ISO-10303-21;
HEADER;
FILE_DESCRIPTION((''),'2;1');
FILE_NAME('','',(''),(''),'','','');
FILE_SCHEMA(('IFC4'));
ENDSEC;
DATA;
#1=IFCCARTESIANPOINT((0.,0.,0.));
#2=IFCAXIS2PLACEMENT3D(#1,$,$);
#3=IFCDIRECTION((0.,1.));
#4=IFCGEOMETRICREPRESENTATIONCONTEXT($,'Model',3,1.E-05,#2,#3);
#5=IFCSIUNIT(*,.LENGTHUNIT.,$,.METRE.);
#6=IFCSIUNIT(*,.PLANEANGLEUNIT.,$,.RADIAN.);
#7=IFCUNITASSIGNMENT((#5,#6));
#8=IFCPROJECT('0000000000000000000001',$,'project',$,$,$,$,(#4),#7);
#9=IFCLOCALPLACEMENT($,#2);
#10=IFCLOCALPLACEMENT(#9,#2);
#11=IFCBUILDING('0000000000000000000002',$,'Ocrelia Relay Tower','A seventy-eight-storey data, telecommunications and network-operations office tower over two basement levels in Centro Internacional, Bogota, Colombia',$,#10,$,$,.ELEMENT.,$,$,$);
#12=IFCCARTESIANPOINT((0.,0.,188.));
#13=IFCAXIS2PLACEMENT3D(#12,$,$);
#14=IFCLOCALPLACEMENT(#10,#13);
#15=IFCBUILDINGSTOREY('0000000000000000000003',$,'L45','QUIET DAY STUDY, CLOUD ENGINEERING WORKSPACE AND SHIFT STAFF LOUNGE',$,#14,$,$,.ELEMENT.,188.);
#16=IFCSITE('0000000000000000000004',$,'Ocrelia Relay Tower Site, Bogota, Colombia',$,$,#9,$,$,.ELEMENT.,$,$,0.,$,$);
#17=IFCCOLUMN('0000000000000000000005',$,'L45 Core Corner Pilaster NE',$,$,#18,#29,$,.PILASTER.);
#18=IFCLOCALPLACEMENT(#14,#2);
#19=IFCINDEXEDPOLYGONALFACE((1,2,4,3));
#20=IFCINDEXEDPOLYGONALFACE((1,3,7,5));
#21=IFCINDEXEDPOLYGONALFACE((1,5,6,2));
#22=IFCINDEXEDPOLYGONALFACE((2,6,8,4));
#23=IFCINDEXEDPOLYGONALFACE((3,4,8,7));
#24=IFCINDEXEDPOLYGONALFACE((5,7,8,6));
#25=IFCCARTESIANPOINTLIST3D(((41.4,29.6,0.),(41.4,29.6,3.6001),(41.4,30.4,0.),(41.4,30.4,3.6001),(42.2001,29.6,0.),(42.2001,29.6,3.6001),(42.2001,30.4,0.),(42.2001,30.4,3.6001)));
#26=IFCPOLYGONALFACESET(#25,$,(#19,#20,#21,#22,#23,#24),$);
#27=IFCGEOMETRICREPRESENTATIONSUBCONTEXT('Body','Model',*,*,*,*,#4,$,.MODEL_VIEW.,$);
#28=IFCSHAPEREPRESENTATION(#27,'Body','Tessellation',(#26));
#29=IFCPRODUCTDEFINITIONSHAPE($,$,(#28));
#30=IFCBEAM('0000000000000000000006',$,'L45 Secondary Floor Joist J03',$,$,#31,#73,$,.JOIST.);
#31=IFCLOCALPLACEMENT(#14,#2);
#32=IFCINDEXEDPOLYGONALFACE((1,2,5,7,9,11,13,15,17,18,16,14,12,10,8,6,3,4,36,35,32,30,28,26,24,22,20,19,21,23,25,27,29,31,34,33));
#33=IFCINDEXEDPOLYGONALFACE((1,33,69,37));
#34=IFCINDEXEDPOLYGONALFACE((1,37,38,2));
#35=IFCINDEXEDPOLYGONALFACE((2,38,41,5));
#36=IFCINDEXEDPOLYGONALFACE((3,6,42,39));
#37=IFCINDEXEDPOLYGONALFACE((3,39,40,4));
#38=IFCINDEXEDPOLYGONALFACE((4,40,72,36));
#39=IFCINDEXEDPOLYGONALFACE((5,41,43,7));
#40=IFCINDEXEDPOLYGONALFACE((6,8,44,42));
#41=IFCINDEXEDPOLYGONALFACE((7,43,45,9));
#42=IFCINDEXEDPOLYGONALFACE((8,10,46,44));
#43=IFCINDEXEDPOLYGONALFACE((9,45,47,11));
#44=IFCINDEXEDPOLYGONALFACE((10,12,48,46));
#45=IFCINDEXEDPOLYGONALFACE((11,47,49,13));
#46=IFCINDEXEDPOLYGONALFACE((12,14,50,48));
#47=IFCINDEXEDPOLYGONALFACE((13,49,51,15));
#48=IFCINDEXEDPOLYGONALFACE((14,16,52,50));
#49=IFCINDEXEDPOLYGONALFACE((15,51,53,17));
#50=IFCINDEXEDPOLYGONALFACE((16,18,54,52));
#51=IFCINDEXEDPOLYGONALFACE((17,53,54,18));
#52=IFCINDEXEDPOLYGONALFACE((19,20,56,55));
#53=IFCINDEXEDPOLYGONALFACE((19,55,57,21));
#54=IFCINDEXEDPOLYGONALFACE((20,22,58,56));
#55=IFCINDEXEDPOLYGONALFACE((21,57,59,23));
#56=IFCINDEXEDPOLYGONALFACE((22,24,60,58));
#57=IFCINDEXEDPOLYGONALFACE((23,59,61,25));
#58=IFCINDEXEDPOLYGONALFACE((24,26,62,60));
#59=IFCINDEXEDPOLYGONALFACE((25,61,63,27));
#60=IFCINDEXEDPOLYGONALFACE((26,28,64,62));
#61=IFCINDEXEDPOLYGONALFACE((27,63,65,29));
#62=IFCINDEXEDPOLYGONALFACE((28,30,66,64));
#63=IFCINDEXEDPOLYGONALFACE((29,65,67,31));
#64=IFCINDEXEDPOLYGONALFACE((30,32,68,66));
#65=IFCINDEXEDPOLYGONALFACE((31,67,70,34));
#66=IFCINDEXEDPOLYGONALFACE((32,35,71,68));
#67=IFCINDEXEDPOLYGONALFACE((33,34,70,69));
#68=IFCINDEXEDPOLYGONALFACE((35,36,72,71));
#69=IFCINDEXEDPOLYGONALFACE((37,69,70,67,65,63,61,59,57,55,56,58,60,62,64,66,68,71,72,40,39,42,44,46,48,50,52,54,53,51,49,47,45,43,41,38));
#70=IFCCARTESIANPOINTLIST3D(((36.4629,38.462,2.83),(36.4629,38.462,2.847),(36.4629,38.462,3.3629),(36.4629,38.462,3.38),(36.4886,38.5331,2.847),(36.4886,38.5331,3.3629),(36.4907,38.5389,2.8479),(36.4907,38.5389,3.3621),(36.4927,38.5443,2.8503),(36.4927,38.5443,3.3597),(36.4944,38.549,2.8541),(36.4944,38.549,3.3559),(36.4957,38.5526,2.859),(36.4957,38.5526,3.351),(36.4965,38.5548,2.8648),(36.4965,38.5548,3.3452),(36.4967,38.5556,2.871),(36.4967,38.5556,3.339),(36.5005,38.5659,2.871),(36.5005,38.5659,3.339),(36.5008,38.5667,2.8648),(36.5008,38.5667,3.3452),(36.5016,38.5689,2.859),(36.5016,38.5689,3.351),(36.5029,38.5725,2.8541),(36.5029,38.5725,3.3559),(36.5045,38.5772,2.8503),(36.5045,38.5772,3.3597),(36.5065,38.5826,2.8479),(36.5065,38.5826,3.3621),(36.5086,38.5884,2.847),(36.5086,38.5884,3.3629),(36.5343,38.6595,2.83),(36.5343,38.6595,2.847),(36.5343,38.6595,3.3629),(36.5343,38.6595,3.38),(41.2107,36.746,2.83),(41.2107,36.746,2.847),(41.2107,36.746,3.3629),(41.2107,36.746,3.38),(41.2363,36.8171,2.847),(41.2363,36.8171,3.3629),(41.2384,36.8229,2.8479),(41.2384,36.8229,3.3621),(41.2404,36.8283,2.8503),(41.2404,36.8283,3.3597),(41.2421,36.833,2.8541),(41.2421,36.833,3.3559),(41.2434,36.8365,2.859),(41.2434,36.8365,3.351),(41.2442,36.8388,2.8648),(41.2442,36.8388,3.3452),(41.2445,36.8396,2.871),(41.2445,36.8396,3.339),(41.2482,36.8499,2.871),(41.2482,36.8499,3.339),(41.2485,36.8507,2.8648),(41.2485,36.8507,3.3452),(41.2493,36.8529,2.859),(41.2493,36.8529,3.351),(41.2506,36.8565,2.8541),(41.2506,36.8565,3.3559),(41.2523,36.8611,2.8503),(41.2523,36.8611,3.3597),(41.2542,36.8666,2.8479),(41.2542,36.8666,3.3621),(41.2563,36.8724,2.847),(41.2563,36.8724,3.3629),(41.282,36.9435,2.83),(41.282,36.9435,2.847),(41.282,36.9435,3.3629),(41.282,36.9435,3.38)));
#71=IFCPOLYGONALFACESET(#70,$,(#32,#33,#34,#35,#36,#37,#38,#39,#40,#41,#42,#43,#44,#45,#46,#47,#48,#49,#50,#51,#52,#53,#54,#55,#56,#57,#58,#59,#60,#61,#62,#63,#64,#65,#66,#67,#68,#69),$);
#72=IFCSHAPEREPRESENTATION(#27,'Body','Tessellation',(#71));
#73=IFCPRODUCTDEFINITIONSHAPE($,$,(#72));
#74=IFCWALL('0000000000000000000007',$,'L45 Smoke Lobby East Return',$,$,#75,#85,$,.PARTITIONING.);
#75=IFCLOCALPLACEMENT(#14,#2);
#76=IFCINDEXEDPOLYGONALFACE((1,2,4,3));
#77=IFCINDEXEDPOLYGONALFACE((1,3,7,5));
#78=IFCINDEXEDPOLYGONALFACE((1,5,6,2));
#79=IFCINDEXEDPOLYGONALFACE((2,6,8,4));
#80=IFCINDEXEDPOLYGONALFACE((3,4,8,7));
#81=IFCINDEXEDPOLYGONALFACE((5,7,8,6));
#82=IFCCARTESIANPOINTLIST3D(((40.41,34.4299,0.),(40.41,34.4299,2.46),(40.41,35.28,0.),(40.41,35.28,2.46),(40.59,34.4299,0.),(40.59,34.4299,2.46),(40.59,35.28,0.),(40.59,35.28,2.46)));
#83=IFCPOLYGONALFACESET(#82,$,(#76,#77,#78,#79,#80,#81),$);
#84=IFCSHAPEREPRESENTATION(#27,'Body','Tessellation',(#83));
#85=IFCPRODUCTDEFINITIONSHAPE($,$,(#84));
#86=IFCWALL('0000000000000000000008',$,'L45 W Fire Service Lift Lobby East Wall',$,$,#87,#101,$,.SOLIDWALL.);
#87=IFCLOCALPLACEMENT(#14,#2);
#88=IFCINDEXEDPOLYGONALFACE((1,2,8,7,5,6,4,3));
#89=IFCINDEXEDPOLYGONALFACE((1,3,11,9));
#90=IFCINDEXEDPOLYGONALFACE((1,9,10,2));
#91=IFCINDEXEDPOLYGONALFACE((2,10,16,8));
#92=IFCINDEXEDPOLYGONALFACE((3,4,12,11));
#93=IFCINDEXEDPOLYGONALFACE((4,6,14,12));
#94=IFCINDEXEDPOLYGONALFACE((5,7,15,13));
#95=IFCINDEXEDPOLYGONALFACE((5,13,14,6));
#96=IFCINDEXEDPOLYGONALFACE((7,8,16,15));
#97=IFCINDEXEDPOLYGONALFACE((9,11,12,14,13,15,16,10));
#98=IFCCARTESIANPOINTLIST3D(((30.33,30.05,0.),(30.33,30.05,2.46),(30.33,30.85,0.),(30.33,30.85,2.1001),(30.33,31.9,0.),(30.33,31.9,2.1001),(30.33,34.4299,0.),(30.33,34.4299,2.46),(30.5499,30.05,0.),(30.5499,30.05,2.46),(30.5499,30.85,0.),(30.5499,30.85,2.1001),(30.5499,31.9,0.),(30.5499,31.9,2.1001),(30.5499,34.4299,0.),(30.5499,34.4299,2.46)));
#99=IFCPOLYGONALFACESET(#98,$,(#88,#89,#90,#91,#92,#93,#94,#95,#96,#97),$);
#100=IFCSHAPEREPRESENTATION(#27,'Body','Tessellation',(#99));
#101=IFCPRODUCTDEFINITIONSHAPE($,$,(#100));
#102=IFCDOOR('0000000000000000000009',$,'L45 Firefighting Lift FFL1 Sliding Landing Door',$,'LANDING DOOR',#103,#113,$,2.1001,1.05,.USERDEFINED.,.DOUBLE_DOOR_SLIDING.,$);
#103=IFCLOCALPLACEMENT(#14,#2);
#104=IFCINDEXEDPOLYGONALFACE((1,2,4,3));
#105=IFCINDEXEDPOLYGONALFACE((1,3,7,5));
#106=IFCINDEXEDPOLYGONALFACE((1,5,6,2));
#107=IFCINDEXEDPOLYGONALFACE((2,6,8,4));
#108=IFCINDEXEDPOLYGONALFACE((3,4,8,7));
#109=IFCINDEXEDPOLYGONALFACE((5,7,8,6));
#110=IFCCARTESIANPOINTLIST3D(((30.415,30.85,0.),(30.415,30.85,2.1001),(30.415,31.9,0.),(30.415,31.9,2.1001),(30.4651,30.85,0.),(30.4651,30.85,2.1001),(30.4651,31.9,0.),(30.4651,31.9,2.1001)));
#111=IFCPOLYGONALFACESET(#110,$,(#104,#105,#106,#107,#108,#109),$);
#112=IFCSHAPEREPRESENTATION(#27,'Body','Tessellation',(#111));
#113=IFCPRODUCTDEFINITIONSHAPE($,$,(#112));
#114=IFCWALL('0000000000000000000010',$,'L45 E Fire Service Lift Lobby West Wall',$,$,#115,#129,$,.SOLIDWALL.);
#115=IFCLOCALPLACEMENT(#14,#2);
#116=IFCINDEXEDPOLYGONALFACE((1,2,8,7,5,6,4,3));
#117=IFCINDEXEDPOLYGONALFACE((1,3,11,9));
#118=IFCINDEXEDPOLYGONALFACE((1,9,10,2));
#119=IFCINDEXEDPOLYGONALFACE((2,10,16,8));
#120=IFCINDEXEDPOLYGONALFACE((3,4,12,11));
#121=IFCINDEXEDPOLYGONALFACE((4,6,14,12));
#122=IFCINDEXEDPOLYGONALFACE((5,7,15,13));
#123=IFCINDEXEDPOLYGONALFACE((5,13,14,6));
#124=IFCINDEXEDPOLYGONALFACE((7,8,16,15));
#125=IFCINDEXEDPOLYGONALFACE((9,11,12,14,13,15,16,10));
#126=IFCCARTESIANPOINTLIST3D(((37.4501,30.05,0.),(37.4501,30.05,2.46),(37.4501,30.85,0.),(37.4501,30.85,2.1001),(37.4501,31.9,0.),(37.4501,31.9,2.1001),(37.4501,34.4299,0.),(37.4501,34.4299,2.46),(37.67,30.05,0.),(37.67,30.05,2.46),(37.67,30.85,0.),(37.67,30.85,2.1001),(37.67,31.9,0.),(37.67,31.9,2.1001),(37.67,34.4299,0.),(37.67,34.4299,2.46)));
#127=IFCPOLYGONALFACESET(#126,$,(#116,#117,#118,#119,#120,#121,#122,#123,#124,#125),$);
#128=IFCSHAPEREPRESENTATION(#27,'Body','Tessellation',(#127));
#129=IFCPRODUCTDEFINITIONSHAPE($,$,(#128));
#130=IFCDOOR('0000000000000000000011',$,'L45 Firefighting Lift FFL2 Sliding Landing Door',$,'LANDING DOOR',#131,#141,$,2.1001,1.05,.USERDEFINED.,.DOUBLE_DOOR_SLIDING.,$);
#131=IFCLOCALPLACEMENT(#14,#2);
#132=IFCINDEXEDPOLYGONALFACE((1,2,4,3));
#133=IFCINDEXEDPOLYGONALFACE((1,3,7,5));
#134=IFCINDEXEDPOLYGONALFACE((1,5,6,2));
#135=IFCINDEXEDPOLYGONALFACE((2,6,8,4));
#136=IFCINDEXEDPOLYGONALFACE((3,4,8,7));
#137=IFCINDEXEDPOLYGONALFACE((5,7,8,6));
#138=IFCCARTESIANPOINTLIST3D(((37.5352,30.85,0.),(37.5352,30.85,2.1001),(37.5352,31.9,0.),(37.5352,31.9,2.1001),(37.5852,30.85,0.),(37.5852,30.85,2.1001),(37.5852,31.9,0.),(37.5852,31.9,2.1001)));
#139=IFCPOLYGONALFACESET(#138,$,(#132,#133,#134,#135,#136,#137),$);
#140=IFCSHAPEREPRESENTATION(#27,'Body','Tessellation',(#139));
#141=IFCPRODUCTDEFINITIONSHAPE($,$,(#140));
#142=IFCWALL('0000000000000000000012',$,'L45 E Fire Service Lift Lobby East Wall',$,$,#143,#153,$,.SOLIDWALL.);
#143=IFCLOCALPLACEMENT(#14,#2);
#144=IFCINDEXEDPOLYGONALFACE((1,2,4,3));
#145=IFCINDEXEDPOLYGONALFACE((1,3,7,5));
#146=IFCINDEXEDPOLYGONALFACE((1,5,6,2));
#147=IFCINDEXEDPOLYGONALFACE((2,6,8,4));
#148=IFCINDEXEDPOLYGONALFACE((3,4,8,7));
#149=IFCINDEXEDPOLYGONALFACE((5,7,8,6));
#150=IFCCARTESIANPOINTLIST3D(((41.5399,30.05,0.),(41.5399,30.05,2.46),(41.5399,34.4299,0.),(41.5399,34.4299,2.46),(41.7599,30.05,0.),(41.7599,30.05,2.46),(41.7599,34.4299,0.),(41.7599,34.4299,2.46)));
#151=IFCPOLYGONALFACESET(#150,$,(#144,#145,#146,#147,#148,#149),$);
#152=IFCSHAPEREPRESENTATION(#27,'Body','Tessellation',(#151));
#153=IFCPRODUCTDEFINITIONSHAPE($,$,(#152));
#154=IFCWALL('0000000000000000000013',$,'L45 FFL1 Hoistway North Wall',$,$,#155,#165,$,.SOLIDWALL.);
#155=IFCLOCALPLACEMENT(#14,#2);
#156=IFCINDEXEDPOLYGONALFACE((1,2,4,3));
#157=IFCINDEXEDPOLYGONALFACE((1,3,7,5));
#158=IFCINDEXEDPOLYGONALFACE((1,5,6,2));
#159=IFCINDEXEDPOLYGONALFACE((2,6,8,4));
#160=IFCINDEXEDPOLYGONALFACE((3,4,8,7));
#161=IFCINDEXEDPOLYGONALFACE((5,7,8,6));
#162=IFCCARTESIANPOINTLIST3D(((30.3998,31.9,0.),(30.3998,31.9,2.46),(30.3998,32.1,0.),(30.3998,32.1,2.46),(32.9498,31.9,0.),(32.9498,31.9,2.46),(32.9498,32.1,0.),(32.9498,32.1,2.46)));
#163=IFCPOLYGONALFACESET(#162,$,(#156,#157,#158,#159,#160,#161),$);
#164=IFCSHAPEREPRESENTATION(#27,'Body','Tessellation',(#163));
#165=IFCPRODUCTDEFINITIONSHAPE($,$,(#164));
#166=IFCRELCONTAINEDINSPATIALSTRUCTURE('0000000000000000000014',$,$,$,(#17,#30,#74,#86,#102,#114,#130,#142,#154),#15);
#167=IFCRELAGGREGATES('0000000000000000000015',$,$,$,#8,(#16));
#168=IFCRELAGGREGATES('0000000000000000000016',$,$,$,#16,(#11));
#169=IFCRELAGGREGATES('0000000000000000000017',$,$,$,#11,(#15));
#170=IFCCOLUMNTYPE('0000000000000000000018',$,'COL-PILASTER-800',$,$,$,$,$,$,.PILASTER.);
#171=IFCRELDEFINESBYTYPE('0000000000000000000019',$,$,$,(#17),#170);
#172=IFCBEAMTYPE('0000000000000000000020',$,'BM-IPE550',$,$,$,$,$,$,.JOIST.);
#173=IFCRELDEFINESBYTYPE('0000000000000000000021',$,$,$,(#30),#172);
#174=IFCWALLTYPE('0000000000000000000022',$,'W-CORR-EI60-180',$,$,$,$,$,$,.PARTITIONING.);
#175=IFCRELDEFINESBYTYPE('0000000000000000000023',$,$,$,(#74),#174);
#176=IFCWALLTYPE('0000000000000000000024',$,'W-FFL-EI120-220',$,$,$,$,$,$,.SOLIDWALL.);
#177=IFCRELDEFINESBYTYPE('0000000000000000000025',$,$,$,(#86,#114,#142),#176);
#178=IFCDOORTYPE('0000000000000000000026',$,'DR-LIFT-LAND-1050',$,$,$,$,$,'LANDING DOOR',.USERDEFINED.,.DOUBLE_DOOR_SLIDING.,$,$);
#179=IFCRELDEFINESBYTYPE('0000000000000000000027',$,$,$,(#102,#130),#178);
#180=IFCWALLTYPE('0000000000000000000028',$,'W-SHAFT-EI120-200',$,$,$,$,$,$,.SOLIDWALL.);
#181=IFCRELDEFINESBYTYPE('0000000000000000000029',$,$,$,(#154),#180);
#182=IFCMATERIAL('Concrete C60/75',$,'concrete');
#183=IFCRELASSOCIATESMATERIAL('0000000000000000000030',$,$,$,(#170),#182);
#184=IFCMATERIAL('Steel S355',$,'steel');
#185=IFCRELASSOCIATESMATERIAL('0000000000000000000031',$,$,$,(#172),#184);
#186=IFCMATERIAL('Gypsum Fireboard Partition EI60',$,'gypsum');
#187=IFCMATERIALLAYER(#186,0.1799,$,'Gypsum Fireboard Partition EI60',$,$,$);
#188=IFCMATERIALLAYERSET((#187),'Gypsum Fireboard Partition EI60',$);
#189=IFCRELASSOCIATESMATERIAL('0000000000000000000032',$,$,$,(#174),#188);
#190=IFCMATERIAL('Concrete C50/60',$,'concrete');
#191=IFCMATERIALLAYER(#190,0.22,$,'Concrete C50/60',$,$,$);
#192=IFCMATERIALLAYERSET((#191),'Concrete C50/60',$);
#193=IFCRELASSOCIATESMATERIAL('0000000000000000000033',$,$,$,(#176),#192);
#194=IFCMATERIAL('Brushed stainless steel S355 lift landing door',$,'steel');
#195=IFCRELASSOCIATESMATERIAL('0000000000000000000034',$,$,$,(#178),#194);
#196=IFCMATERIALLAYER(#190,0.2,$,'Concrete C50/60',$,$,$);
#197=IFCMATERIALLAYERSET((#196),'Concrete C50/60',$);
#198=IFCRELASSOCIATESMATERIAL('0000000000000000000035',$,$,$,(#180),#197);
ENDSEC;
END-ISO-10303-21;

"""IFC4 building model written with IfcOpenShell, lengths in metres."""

from ifc_helpers import new_model, si_unit, direction, frame, frame_2d, origin, origin_2d, place, context, subcontext, project, spatial, rectangle, i_section, extrude, material, layer, layer_set, material_profile, profile_set, type_object, element, fill, save


model = new_model("IFC4")

# Units and contexts
model_context = context("Model", 3, precision=1e-05, world=origin(), true_north=direction((0.0, 1.0)))
body_context = subcontext(model_context, "Body", "Model", "MODEL_VIEW")
ifc_project = project(units=[si_unit("LENGTHUNIT", "METRE"), si_unit("PLANEANGLEUNIT", "RADIAN")], contexts=[model_context])

# Site, building, storey
site_placement = place(None, origin())
site = spatial("IfcSite", under=ifc_project, at=site_placement, Name="Ocrelia Relay Tower Site, Bogota, Colombia", CompositionType="ELEMENT", RefElevation=0.0)
building_placement = place(site_placement, origin())
building = spatial("IfcBuilding", under=site, at=building_placement, Name="Ocrelia Relay Tower", Description="A seventy-eight-storey data, telecommunications and network-operations office tower over two basement levels in Centro Internacional, Bogota, Colombia", CompositionType="ELEMENT")
storey_placement = place(building_placement, frame((0.0, 0.0, 188.0)))
storey = spatial("IfcBuildingStorey", under=building, at=storey_placement, Name="L45", Description="QUIET DAY STUDY, CLOUD ENGINEERING WORKSPACE AND SHIFT STAFF LOUNGE", CompositionType="ELEMENT", Elevation=188.0)

# Column
ifc_material_1 = material(Name="Concrete C60/75", Category="concrete")
ifc_material_profile_1 = material_profile(ifc_material_1, rectangle(XDim=0.8, YDim=0.8, at=origin_2d()), Name="RC-COL-800x800")
ifc_profile_set_1 = profile_set([ifc_material_profile_1], Name="Concrete C60/75")
column_type = type_object("IfcColumnType", Name="COL-PILASTER-800", PredefinedType="PILASTER", material=ifc_profile_set_1)
column_placement = place(storey_placement, frame((41.8, 30.0, 0.0), z_axis=(0.0, 0.0, 1.0), x_axis=(1.0, 0.0, 0.0)))
element("IfcColumn", 1, at=column_placement, inside=storey, type_object=column_type, Name="L45 Core Corner Pilaster NE", PredefinedType="PILASTER", context=body_context, shape_type="SweptSolid", body=[
    extrude(rectangle(XDim=0.8, YDim=0.8, at=origin_2d()), origin(), (0.0, 0.0, 1.0), 3.6001),
])

# Beam
ifc_material_2 = material(Name="Steel S355", Category="steel")
ifc_material_profile_2 = material_profile(ifc_material_2, i_section(OverallWidth=0.21, OverallDepth=0.55, WebThickness=0.011, FlangeThickness=0.0171, FilletRadius=0.0239, at=origin_2d()), Name="IPE 550")
ifc_profile_set_2 = profile_set([ifc_material_profile_2], Name="Steel S355")
beam_type = type_object("IfcBeamType", Name="BM-IPE550", PredefinedType="JOIST", material=ifc_profile_set_2)
beam_placement = place(storey_placement, frame((41.2463, 36.8447, 3.105), z_axis=(-0.940454, 0.339921, 0.0), x_axis=(-0.339921, -0.940454, 0.0)))
element("IfcBeam", 2, at=beam_placement, inside=storey, type_object=beam_type, Name="L45 Secondary Floor Joist J03", PredefinedType="JOIST", context=body_context, shape_type="SweptSolid", body=[
    extrude(i_section(OverallWidth=0.21, OverallDepth=0.55, WebThickness=0.011, FlangeThickness=0.0171, FilletRadius=0.0239, at=origin_2d()), origin(), (0.0, 0.0, 1.0), 5.0483),
])

# Wall
ifc_material_3 = material(Name="Gypsum Fireboard Partition EI60", Category="gypsum")
ifc_layer_1 = layer(ifc_material_3, 0.1799, Name="Gypsum Fireboard Partition EI60")
ifc_layer_set_1 = layer_set([ifc_layer_1], Name="Gypsum Fireboard Partition EI60")
wall_type_1 = type_object("IfcWallType", Name="W-CORR-EI60-180", PredefinedType="PARTITIONING", material=ifc_layer_set_1)
wall_1_placement = place(storey_placement, frame((40.5, 35.28, 0.0), z_axis=(0.0, 0.0, 1.0), x_axis=(0.0, -1.0, 0.0)))
element("IfcWall", 3, at=wall_1_placement, inside=storey, type_object=wall_type_1, Name="L45 Smoke Lobby East Return", PredefinedType="PARTITIONING", context=body_context, shape_type="SweptSolid", body=[
    extrude(rectangle(XDim=0.8501, YDim=0.1799, at=frame_2d((0.425, 0.0))), origin(), (0.0, 0.0, 1.0), 2.46),
])

# Walls, openings, doors
ifc_material_4 = material(Name="Concrete C50/60", Category="concrete")
ifc_layer_2 = layer(ifc_material_4, 0.22, Name="Concrete C50/60")
ifc_layer_set_2 = layer_set([ifc_layer_2], Name="Concrete C50/60")
wall_type_2 = type_object("IfcWallType", Name="W-FFL-EI120-220", PredefinedType="SOLIDWALL", material=ifc_layer_set_2)
wall_2_placement = place(storey_placement, frame((30.4399, 30.05, 0.0), z_axis=(0.0, 0.0, 1.0), x_axis=(0.0, 1.0, 0.0)))
wall_2 = element("IfcWall", 4, at=wall_2_placement, inside=storey, type_object=wall_type_2, Name="L45 W Fire Service Lift Lobby East Wall", PredefinedType="SOLIDWALL", context=body_context, shape_type="SweptSolid", body=[
    extrude(rectangle(XDim=4.3799, YDim=0.22, at=frame_2d((2.1899, 0.0))), origin(), (0.0, 0.0, 1.0), 2.46),
])
opening_1_placement = place(wall_2_placement, frame((0.8, 0.0, 0.0)))
opening_1 = element("IfcOpeningElement", 5, at=opening_1_placement, cuts=wall_2, PredefinedType="OPENING", context=body_context, shape_type="SweptSolid", body=[
    extrude(rectangle(XDim=1.05, YDim=2.1001, at=frame_2d((0.5249, 1.05))), frame((0.0, 0.1201, 0.0), z_axis=(0.0, -1.0, 0.0), x_axis=(1.0, 0.0, 0.0)), (0.0, 0.0, 1.0), 0.24),
])
ifc_material_5 = material(Name="Brushed stainless steel S355 lift landing door", Category="steel")
door_type_1 = type_object("IfcDoorType", Name="DR-LIFT-LAND-1050", ElementType="LANDING DOOR", OperationType="DOUBLE_DOOR_SLIDING", PredefinedType="USERDEFINED", material=ifc_material_5)
door_1_placement = place(opening_1_placement, origin())
door_1 = element("IfcDoor", 6, at=door_1_placement, inside=storey, type_object=door_type_1, Name="L45 Firefighting Lift FFL1 Sliding Landing Door", ObjectType="LANDING DOOR", OperationType="DOUBLE_DOOR_SLIDING", OverallHeight=2.1001, OverallWidth=1.05, PredefinedType="USERDEFINED", context=body_context, shape_type="SweptSolid", body=[
    extrude(rectangle(XDim=1.05, YDim=2.1001, at=frame_2d((0.5249, 1.05))), frame((0.0, 0.0249, 0.0), z_axis=(0.0, -1.0, 0.0), x_axis=(1.0, 0.0, 0.0)), (0.0, 0.0, 1.0), 0.05),
])
fill(opening_1, door_1)
wall_3_placement = place(storey_placement, frame((37.5601, 30.05, 0.0), z_axis=(0.0, 0.0, 1.0), x_axis=(0.0, 1.0, 0.0)))
wall_3 = element("IfcWall", 7, at=wall_3_placement, inside=storey, type_object=wall_type_2, Name="L45 E Fire Service Lift Lobby West Wall", PredefinedType="SOLIDWALL", context=body_context, shape_type="SweptSolid", body=[
    extrude(rectangle(XDim=4.3799, YDim=0.22, at=frame_2d((2.1899, 0.0))), origin(), (0.0, 0.0, 1.0), 2.46),
])
opening_2_placement = place(wall_3_placement, frame((0.8, 0.0, 0.0)))
opening_2 = element("IfcOpeningElement", 8, at=opening_2_placement, cuts=wall_3, PredefinedType="OPENING", context=body_context, shape_type="SweptSolid", body=[
    extrude(rectangle(XDim=1.05, YDim=2.1001, at=frame_2d((0.5249, 1.05))), frame((0.0, 0.1201, 0.0), z_axis=(0.0, -1.0, 0.0), x_axis=(1.0, 0.0, 0.0)), (0.0, 0.0, 1.0), 0.24),
])
door_2_placement = place(opening_2_placement, origin())
door_2 = element("IfcDoor", 9, at=door_2_placement, inside=storey, type_object=door_type_1, Name="L45 Firefighting Lift FFL2 Sliding Landing Door", ObjectType="LANDING DOOR", OperationType="DOUBLE_DOOR_SLIDING", OverallHeight=2.1001, OverallWidth=1.05, PredefinedType="USERDEFINED", context=body_context, shape_type="SweptSolid", body=[
    extrude(rectangle(XDim=1.05, YDim=2.1001, at=frame_2d((0.5249, 1.05))), frame((0.0, 0.0249, 0.0), z_axis=(0.0, -1.0, 0.0), x_axis=(1.0, 0.0, 0.0)), (0.0, 0.0, 1.0), 0.05),
])
fill(opening_2, door_2)

# Wall
wall_4_placement = place(storey_placement, frame((41.6499, 30.05, 0.0), z_axis=(0.0, 0.0, 1.0), x_axis=(0.0, 1.0, 0.0)))
element("IfcWall", 10, at=wall_4_placement, inside=storey, type_object=wall_type_2, Name="L45 E Fire Service Lift Lobby East Wall", PredefinedType="SOLIDWALL", context=body_context, shape_type="SweptSolid", body=[
    extrude(rectangle(XDim=4.3799, YDim=0.22, at=frame_2d((2.1899, 0.0))), origin(), (0.0, 0.0, 1.0), 2.46),
])

# Wall
ifc_layer_3 = layer(ifc_material_4, 0.2, Name="Concrete C50/60")
ifc_layer_set_3 = layer_set([ifc_layer_3], Name="Concrete C50/60")
wall_type_3 = type_object("IfcWallType", Name="W-SHAFT-EI120-200", PredefinedType="SOLIDWALL", material=ifc_layer_set_3)
wall_5_placement = place(storey_placement, frame((30.3999, 32.0, 0.0), z_axis=(0.0, 0.0, 1.0), x_axis=(1.0, 0.0, 0.0)))
element("IfcWall", 11, at=wall_5_placement, inside=storey, type_object=wall_type_3, Name="L45 FFL1 Hoistway North Wall", PredefinedType="SOLIDWALL", context=body_context, shape_type="SweptSolid", body=[
    extrude(rectangle(XDim=2.55, YDim=0.2, at=frame_2d((1.2749, 0.0))), origin(), (0.0, 0.0, 1.0), 2.46),
])

save(model, "model.ifc")
